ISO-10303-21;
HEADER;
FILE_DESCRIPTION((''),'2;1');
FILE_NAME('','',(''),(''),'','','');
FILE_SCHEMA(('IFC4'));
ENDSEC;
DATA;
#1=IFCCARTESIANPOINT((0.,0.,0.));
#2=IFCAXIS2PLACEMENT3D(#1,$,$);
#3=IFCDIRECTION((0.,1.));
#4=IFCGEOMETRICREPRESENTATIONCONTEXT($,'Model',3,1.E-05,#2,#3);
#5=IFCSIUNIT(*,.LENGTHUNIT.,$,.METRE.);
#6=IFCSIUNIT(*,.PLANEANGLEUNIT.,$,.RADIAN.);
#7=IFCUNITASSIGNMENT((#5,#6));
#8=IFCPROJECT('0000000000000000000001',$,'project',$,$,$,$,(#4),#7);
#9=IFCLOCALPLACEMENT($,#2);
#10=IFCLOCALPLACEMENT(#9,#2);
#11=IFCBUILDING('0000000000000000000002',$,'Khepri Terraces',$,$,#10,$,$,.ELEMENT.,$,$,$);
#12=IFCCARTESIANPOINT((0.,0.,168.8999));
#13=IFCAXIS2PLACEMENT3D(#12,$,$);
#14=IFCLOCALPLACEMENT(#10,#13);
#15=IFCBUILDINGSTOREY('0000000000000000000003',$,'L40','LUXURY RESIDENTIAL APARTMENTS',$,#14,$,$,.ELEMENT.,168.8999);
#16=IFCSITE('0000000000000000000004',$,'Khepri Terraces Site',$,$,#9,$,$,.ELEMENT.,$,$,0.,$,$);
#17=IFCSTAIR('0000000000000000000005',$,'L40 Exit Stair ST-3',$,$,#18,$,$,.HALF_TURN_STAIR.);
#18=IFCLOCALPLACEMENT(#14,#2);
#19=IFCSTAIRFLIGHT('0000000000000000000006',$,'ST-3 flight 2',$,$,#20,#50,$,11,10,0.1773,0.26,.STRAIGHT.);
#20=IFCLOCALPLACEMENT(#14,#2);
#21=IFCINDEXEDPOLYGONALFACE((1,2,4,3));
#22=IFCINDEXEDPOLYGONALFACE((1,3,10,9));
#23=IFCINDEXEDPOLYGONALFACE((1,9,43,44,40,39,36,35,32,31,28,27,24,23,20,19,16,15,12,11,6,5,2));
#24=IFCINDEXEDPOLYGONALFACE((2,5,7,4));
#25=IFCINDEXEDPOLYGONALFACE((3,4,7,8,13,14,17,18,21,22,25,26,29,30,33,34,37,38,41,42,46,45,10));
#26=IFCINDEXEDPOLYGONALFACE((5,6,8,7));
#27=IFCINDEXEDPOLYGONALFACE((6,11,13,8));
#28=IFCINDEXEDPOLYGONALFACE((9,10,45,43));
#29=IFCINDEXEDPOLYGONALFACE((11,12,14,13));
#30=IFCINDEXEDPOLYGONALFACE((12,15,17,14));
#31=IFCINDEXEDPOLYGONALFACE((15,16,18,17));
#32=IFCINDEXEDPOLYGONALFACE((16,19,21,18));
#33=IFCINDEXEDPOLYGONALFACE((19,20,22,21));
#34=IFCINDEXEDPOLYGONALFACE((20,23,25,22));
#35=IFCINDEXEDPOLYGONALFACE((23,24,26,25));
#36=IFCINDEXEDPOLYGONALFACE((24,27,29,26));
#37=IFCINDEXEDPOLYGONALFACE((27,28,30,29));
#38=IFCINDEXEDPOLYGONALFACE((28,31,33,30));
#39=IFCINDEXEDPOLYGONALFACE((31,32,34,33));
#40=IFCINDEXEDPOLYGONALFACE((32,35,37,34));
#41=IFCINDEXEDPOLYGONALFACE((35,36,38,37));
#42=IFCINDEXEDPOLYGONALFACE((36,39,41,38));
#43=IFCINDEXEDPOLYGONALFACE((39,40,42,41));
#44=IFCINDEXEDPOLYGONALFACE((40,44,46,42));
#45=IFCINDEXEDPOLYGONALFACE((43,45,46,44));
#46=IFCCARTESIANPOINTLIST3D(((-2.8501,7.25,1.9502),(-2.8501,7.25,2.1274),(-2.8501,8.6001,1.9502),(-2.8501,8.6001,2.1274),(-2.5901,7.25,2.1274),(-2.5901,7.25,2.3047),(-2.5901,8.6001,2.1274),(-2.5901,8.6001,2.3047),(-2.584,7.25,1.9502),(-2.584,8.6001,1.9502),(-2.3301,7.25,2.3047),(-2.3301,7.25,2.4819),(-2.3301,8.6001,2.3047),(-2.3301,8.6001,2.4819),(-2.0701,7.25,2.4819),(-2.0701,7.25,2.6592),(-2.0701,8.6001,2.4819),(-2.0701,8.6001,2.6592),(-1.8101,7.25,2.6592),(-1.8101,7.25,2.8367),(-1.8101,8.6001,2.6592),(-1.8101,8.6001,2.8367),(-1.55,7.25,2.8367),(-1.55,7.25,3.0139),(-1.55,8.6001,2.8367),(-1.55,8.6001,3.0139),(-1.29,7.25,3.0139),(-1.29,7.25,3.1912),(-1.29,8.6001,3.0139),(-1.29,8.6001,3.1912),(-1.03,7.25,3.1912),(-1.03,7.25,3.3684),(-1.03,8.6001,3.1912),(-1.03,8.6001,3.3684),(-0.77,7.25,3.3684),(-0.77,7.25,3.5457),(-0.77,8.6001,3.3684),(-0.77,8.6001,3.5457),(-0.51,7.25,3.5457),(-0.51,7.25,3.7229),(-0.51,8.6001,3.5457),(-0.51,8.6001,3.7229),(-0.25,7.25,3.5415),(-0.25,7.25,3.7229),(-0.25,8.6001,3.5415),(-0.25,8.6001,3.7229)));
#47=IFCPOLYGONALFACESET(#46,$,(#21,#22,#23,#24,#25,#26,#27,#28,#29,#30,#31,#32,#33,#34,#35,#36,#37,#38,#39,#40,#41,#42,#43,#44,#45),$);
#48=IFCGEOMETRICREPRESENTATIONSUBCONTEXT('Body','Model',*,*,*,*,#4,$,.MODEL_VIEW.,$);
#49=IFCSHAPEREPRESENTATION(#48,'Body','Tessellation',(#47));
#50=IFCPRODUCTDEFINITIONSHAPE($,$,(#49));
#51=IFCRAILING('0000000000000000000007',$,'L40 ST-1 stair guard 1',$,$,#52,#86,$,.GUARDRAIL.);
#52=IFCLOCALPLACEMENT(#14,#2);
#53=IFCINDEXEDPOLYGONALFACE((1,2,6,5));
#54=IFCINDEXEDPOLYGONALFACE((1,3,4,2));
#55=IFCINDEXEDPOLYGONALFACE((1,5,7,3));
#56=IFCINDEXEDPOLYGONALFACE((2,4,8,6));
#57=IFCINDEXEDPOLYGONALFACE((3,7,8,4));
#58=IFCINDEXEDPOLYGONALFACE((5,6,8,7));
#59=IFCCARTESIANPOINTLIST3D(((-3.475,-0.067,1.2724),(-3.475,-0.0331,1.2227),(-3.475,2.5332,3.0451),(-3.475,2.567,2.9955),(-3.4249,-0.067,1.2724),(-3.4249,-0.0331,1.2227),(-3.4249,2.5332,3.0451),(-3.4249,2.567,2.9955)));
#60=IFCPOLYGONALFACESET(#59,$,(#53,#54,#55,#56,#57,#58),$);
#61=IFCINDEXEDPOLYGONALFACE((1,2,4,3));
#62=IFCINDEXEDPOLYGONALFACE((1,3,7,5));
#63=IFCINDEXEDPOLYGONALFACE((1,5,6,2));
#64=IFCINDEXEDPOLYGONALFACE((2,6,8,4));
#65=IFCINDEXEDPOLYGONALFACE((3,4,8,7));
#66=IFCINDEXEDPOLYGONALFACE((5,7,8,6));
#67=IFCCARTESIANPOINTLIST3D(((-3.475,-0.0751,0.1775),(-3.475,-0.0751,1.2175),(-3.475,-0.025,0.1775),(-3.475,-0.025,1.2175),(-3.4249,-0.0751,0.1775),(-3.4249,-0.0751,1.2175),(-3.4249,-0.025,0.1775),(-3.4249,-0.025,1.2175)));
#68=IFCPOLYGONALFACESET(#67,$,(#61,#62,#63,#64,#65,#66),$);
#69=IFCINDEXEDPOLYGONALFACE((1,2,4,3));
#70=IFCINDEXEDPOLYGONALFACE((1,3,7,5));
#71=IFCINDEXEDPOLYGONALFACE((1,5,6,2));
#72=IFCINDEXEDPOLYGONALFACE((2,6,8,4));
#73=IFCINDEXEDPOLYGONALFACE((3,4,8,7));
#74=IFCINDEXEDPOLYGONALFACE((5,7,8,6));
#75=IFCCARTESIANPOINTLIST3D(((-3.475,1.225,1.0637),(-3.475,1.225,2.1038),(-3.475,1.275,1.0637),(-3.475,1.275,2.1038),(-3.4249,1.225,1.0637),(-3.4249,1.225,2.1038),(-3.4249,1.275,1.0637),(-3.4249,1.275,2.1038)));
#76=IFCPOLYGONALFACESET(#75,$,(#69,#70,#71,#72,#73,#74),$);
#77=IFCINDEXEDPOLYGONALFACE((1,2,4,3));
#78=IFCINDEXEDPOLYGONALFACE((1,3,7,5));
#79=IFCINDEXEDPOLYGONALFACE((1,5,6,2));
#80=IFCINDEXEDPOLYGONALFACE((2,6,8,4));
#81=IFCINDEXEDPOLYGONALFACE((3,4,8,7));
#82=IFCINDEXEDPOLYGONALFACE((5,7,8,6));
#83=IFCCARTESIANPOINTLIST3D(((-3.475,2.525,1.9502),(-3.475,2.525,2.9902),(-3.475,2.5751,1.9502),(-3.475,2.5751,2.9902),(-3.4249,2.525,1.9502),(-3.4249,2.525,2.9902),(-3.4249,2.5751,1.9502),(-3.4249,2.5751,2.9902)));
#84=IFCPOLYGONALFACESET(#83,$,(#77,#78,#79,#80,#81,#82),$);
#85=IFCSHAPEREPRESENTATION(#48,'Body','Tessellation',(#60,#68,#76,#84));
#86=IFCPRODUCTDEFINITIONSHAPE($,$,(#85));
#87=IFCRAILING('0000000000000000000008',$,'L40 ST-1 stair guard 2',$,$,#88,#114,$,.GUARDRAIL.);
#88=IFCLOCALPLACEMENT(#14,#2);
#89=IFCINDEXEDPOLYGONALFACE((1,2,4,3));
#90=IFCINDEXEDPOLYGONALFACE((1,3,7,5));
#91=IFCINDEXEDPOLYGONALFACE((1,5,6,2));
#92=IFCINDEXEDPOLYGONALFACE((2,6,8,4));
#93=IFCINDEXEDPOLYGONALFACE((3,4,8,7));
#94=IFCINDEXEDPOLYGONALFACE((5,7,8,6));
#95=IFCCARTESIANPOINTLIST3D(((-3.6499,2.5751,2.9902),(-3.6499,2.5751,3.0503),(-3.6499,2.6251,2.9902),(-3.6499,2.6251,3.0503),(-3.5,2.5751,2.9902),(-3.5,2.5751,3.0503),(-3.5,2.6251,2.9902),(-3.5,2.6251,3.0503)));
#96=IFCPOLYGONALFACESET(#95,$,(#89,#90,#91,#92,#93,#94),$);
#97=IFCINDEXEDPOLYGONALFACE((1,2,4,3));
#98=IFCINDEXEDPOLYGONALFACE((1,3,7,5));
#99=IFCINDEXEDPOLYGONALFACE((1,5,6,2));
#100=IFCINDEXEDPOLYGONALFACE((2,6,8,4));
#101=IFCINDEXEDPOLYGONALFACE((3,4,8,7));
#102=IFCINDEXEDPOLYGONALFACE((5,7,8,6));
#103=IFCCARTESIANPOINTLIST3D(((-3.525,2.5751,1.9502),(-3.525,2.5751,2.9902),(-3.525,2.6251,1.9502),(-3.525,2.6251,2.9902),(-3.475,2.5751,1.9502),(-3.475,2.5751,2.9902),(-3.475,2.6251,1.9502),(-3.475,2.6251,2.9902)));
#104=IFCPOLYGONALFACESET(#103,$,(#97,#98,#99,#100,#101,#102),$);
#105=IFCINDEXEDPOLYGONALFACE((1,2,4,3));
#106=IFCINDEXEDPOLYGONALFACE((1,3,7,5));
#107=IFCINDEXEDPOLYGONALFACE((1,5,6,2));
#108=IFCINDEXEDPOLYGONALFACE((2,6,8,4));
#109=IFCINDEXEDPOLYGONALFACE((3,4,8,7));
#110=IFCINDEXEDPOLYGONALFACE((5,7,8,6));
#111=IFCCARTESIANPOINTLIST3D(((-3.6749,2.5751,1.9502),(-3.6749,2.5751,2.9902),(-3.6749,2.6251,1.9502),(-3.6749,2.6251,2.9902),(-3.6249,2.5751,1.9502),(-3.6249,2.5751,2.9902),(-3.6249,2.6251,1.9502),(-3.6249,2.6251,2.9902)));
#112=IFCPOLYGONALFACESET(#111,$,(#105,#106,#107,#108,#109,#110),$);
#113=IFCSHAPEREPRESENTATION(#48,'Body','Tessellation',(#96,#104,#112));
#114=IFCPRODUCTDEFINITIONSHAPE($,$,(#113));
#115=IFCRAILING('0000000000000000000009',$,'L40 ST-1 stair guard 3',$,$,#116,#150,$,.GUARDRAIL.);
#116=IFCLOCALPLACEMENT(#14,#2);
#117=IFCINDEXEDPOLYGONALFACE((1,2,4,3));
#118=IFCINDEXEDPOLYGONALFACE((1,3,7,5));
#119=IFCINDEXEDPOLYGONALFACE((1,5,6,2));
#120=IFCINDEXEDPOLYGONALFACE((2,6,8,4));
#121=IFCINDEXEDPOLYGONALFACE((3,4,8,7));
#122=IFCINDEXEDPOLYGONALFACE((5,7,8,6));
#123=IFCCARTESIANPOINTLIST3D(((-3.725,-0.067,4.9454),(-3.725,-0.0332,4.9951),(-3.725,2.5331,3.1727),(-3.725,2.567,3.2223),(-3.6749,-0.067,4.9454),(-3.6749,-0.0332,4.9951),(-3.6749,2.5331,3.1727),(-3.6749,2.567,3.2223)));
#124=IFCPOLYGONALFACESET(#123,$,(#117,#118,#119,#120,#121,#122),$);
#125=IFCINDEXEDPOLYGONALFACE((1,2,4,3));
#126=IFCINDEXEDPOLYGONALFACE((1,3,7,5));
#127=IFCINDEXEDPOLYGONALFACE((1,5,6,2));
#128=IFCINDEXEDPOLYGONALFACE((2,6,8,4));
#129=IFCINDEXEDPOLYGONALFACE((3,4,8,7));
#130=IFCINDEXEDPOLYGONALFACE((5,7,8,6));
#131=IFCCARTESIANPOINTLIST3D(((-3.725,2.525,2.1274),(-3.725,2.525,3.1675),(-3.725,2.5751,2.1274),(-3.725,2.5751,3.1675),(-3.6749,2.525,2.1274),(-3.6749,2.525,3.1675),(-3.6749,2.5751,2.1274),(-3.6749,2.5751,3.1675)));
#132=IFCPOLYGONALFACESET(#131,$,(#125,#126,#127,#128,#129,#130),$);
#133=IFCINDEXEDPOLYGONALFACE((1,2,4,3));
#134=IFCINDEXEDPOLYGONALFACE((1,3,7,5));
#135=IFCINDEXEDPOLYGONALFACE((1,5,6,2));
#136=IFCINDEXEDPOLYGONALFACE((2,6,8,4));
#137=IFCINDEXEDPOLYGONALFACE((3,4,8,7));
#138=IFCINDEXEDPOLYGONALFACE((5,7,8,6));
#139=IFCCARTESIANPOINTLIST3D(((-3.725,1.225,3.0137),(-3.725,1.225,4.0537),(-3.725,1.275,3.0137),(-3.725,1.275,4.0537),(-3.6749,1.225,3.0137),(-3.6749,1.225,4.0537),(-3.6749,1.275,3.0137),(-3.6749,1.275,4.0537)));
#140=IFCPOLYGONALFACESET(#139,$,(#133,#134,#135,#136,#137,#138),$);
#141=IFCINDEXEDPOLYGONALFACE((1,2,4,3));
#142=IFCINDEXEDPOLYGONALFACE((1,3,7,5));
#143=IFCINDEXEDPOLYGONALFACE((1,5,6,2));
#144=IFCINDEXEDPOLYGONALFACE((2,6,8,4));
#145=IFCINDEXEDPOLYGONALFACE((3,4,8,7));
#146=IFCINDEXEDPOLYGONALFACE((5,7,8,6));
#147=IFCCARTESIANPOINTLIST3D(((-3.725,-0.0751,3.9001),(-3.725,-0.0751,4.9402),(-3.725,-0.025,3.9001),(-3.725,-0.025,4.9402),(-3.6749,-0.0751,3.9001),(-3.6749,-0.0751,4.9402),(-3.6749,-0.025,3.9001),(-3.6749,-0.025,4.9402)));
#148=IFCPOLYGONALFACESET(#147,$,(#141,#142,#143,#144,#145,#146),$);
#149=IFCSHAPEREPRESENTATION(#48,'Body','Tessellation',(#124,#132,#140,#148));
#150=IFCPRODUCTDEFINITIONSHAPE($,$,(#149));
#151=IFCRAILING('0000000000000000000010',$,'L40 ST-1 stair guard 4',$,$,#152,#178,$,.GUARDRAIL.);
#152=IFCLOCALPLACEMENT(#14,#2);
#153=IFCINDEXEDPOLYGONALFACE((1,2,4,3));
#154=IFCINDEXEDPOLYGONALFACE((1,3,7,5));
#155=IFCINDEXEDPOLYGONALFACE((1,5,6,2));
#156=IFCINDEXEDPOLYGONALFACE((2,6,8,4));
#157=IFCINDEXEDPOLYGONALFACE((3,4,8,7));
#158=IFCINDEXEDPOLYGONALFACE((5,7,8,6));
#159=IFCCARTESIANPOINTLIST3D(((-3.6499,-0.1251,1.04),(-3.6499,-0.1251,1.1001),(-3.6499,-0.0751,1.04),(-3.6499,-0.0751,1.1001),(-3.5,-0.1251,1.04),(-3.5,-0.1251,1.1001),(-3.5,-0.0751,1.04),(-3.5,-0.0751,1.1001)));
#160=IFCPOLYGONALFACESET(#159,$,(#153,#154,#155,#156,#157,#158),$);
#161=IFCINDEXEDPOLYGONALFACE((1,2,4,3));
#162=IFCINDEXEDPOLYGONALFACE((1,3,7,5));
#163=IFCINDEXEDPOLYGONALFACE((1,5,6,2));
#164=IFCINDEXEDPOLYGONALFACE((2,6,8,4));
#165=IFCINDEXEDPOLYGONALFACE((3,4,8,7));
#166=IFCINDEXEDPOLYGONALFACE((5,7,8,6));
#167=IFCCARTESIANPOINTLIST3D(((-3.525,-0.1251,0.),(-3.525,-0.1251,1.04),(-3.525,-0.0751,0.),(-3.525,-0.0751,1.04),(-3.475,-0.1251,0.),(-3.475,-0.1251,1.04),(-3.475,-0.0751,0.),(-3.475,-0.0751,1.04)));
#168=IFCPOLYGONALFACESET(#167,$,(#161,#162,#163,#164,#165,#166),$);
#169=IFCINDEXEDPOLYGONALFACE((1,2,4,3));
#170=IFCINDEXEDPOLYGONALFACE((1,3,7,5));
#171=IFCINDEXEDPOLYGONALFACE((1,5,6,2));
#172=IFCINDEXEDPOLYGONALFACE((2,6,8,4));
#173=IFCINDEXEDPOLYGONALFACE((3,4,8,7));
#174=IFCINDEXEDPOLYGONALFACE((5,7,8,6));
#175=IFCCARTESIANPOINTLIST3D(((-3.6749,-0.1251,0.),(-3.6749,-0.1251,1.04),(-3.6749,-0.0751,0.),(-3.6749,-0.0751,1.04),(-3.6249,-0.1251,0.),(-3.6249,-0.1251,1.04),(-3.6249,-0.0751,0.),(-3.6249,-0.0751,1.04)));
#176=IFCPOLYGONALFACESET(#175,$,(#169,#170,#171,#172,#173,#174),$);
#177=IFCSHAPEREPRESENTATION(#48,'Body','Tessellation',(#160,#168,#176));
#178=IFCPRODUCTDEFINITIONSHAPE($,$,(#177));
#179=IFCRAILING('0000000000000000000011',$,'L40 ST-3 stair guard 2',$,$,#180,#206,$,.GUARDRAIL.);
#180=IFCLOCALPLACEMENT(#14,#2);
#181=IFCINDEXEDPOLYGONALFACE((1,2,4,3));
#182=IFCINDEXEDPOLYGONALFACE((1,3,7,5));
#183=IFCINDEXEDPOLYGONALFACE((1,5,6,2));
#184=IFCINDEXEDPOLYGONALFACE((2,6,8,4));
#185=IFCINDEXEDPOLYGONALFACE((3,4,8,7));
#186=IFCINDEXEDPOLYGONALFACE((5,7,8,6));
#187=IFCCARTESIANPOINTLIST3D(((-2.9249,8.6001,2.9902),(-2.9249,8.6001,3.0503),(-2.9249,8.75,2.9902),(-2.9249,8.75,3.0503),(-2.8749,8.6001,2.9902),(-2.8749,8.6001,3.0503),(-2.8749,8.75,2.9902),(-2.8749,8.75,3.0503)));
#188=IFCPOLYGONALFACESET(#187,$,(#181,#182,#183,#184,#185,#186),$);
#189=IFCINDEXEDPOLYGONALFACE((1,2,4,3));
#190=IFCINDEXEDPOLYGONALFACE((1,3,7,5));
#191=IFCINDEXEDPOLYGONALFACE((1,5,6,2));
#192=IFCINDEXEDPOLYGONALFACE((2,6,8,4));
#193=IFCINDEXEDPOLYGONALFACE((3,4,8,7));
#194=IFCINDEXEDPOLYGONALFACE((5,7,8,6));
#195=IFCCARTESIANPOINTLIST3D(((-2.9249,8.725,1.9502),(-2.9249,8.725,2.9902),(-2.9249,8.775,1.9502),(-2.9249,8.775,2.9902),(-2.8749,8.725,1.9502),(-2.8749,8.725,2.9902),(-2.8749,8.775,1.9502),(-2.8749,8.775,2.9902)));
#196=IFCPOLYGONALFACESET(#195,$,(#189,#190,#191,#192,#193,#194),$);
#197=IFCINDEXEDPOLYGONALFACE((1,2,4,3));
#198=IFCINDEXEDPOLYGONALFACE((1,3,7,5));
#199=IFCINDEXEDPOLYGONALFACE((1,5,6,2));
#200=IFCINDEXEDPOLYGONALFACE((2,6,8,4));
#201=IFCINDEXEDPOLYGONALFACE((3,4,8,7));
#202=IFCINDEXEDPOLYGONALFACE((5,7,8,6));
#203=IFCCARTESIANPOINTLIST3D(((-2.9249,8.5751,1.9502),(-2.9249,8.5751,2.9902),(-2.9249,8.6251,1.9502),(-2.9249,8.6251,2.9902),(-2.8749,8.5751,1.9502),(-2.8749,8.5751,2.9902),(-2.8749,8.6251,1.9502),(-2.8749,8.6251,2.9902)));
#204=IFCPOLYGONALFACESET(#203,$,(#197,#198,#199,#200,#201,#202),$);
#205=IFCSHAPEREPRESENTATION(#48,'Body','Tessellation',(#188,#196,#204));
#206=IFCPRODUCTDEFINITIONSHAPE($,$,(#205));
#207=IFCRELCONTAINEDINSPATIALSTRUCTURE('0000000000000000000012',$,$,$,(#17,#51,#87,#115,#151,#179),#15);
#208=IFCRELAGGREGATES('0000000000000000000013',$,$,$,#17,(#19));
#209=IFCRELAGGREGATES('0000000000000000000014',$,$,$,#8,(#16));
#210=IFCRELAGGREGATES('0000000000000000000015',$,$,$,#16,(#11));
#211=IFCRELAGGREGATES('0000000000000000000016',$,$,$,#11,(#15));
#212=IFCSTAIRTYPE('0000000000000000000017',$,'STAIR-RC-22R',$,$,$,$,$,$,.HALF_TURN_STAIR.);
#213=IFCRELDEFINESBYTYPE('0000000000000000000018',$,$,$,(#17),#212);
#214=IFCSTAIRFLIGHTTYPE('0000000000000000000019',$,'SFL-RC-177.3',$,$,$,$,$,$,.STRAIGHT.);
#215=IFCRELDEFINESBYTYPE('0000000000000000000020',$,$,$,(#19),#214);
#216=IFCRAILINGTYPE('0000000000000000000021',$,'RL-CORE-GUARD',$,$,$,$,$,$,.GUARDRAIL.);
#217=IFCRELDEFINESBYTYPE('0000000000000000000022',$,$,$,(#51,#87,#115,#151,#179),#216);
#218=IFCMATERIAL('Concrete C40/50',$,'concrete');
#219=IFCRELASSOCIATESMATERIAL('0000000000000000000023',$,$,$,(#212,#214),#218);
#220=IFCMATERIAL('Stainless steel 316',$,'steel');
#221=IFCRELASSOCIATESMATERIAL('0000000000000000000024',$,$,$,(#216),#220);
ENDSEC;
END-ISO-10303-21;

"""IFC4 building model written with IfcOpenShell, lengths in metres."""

from ifc_helpers import new_model, si_unit, direction, frame, origin, origin_2d, place, context, subcontext, project, spatial, polyline, rectangle, outline, extrude, material, type_object, element, aggregate, save


model = new_model("IFC4")

# Units and contexts
model_context = context("Model", 3, precision=1e-05, world=origin(), true_north=direction((0.0, 1.0)))
body_context = subcontext(model_context, "Body", "Model", "MODEL_VIEW")
ifc_project = project(units=[si_unit("LENGTHUNIT", "METRE"), si_unit("PLANEANGLEUNIT", "RADIAN")], contexts=[model_context])

# Site, building, storey
site_placement = place(None, origin())
site = spatial("IfcSite", under=ifc_project, at=site_placement, Name="Khepri Terraces Site", CompositionType="ELEMENT", RefElevation=0.0)
building_placement = place(site_placement, origin())
building = spatial("IfcBuilding", under=site, at=building_placement, Name="Khepri Terraces", CompositionType="ELEMENT")
storey_placement = place(building_placement, frame((0.0, 0.0, 168.8999)))
storey = spatial("IfcBuildingStorey", under=building, at=storey_placement, Name="L40", Description="LUXURY RESIDENTIAL APARTMENTS", CompositionType="ELEMENT", Elevation=168.8999)

# Shared definitions
ifc_material_1 = material(Name="Concrete C40/50", Category="concrete")
stair_type = type_object("IfcStairType", Name="STAIR-RC-22R", PredefinedType="HALF_TURN_STAIR", material=ifc_material_1)
stair_flight_type = type_object("IfcStairFlightType", Name="SFL-RC-177.3", PredefinedType="STRAIGHT", material=ifc_material_1)

# Stair, stair flight
stair_1_placement = place(storey_placement, origin())
stair_1 = element("IfcStair", 1, at=stair_1_placement, inside=storey, type_object=stair_type, Name="L40 Exit Stair ST-3", PredefinedType="HALF_TURN_STAIR")
stair_flight_1_placement = place(storey_placement, frame((-2.8501, 7.925, 1.9502), z_axis=(0.0, 0.0, 1.0), x_axis=(1.0, 0.0, 0.0)))
stair_flight_1 = element("IfcStairFlight", 2, at=stair_flight_1_placement, type_object=stair_flight_type, Name="ST-3 flight 2", NumberOfRisers=11, NumberOfTreads=10, PredefinedType="STRAIGHT", RiserHeight=0.1773, TreadLength=0.26, context=body_context, shape_type="SweptSolid", body=[
    extrude(outline(polyline([(0.0, 0.0), (0.0, 0.1772), (0.26, 0.1772), (0.26, 0.3545), (0.52, 0.3545), (0.52, 0.5317), (0.78, 0.5317), (0.78, 0.709), (1.04, 0.709), (1.04, 0.8865), (1.3, 0.8865), (1.3, 1.0637), (1.5601, 1.0637), (1.5601, 1.241), (1.8201, 1.241), (1.8201, 1.4182), (2.0801, 1.4182), (2.0801, 1.5955), (2.3401, 1.5955), (2.3401, 1.7727), (2.6001, 1.7727), (2.6001, 1.95), (2.6001, 1.5913), (0.2661, 0.0), (0.0, 0.0)])), frame((0.0, 0.675, 0.0), z_axis=(0.0, -1.0, 0.0), x_axis=(1.0, 0.0, 0.0)), (0.0, 0.0, 1.0), 1.3501),
])
aggregate(stair_1, [stair_flight_1])

# Railings
ifc_material_2 = material(Name="Stainless steel 316", Category="steel")
railing_type_1 = type_object("IfcRailingType", Name="RL-CORE-GUARD", PredefinedType="GUARDRAIL", material=ifc_material_2)
railing_1_placement = place(storey_placement, frame((-3.45, -0.05, 0.1775)))
element("IfcRailing", 3, at=railing_1_placement, inside=storey, type_object=railing_type_1, Name="L40 ST-1 stair guard 1", PredefinedType="GUARDRAIL", context=body_context, shape_type="SweptSolid", body=[
    extrude(rectangle(XDim=0.05, YDim=0.0601, at=origin_2d()), frame((0.0, 0.0, 1.0701), z_axis=(0.0, 0.82624, 0.563318), x_axis=(-1.0, 0.0, 0.0)), (0.0, 0.0, 1.0), 3.147),
    extrude(rectangle(XDim=0.05, YDim=0.05, at=origin_2d()), origin(), (0.0, 0.0, 1.0), 1.04),
    extrude(rectangle(XDim=0.05, YDim=0.05, at=origin_2d()), frame((0.0, 1.3, 0.8862)), (0.0, 0.0, 1.0), 1.04),
    extrude(rectangle(XDim=0.05, YDim=0.05, at=origin_2d()), frame((0.0, 2.6001, 1.7727)), (0.0, 0.0, 1.0), 1.04),
])
railing_2_placement = place(storey_placement, frame((-3.5, 2.6001, 1.9502)))
element("IfcRailing", 4, at=railing_2_placement, inside=storey, type_object=railing_type_1, Name="L40 ST-1 stair guard 2", PredefinedType="GUARDRAIL", context=body_context, shape_type="SweptSolid", body=[
    extrude(rectangle(XDim=0.05, YDim=0.0601, at=origin_2d()), frame((0.0, 0.0, 1.0701), z_axis=(-1.0, 0.0, 0.0), x_axis=(0.0, -1.0, 0.0)), (0.0, 0.0, 1.0), 0.1499),
    extrude(rectangle(XDim=0.05, YDim=0.05, at=origin_2d()), origin(), (0.0, 0.0, 1.0), 1.04),
    extrude(rectangle(XDim=0.05, YDim=0.05, at=origin_2d()), frame((-0.1499, 0.0, 0.0)), (0.0, 0.0, 1.0), 1.04),
])
railing_3_placement = place(storey_placement, frame((-3.7, 2.55, 2.1274)))
element("IfcRailing", 5, at=railing_3_placement, inside=storey, type_object=railing_type_1, Name="L40 ST-1 stair guard 3", PredefinedType="GUARDRAIL", context=body_context, shape_type="SweptSolid", body=[
    extrude(rectangle(XDim=0.05, YDim=0.0601, at=origin_2d()), frame((0.0, 0.0, 1.0701), z_axis=(0.0, -0.82624, 0.563318), x_axis=(1.0, 0.0, 0.0)), (0.0, 0.0, 1.0), 3.147),
    extrude(rectangle(XDim=0.05, YDim=0.05, at=origin_2d()), origin(), (0.0, 0.0, 1.0), 1.04),
    extrude(rectangle(XDim=0.05, YDim=0.05, at=origin_2d()), frame((0.0, -1.3, 0.8862)), (0.0, 0.0, 1.0), 1.04),
    extrude(rectangle(XDim=0.05, YDim=0.05, at=origin_2d()), frame((0.0, -2.6001, 1.7727)), (0.0, 0.0, 1.0), 1.04),
])
railing_4_placement = place(storey_placement, frame((-3.5, -0.1001, 0.0)))
element("IfcRailing", 6, at=railing_4_placement, inside=storey, type_object=railing_type_1, Name="L40 ST-1 stair guard 4", PredefinedType="GUARDRAIL", context=body_context, shape_type="SweptSolid", body=[
    extrude(rectangle(XDim=0.05, YDim=0.0601, at=origin_2d()), frame((0.0, 0.0, 1.0701), z_axis=(-1.0, 0.0, 0.0), x_axis=(0.0, -1.0, 0.0)), (0.0, 0.0, 1.0), 0.1499),
    extrude(rectangle(XDim=0.05, YDim=0.05, at=origin_2d()), origin(), (0.0, 0.0, 1.0), 1.04),
    extrude(rectangle(XDim=0.05, YDim=0.05, at=origin_2d()), frame((-0.1499, 0.0, 0.0)), (0.0, 0.0, 1.0), 1.04),
])
railing_5_placement = place(storey_placement, frame((-2.8999, 8.75, 1.9502)))
element("IfcRailing", 7, at=railing_5_placement, inside=storey, type_object=railing_type_1, Name="L40 ST-3 stair guard 2", PredefinedType="GUARDRAIL", context=body_context, shape_type="SweptSolid", body=[
    extrude(rectangle(XDim=0.05, YDim=0.0601, at=origin_2d()), frame((0.0, 0.0, 1.0701), z_axis=(0.0, -1.0, 0.0), x_axis=(1.0, 0.0, 0.0)), (0.0, 0.0, 1.0), 0.1499),
    extrude(rectangle(XDim=0.05, YDim=0.05, at=origin_2d()), origin(), (0.0, 0.0, 1.0), 1.04),
    extrude(rectangle(XDim=0.05, YDim=0.05, at=origin_2d()), frame((0.0, -0.1499, 0.0)), (0.0, 0.0, 1.0), 1.04),
])

save(model, "model.ifc")
